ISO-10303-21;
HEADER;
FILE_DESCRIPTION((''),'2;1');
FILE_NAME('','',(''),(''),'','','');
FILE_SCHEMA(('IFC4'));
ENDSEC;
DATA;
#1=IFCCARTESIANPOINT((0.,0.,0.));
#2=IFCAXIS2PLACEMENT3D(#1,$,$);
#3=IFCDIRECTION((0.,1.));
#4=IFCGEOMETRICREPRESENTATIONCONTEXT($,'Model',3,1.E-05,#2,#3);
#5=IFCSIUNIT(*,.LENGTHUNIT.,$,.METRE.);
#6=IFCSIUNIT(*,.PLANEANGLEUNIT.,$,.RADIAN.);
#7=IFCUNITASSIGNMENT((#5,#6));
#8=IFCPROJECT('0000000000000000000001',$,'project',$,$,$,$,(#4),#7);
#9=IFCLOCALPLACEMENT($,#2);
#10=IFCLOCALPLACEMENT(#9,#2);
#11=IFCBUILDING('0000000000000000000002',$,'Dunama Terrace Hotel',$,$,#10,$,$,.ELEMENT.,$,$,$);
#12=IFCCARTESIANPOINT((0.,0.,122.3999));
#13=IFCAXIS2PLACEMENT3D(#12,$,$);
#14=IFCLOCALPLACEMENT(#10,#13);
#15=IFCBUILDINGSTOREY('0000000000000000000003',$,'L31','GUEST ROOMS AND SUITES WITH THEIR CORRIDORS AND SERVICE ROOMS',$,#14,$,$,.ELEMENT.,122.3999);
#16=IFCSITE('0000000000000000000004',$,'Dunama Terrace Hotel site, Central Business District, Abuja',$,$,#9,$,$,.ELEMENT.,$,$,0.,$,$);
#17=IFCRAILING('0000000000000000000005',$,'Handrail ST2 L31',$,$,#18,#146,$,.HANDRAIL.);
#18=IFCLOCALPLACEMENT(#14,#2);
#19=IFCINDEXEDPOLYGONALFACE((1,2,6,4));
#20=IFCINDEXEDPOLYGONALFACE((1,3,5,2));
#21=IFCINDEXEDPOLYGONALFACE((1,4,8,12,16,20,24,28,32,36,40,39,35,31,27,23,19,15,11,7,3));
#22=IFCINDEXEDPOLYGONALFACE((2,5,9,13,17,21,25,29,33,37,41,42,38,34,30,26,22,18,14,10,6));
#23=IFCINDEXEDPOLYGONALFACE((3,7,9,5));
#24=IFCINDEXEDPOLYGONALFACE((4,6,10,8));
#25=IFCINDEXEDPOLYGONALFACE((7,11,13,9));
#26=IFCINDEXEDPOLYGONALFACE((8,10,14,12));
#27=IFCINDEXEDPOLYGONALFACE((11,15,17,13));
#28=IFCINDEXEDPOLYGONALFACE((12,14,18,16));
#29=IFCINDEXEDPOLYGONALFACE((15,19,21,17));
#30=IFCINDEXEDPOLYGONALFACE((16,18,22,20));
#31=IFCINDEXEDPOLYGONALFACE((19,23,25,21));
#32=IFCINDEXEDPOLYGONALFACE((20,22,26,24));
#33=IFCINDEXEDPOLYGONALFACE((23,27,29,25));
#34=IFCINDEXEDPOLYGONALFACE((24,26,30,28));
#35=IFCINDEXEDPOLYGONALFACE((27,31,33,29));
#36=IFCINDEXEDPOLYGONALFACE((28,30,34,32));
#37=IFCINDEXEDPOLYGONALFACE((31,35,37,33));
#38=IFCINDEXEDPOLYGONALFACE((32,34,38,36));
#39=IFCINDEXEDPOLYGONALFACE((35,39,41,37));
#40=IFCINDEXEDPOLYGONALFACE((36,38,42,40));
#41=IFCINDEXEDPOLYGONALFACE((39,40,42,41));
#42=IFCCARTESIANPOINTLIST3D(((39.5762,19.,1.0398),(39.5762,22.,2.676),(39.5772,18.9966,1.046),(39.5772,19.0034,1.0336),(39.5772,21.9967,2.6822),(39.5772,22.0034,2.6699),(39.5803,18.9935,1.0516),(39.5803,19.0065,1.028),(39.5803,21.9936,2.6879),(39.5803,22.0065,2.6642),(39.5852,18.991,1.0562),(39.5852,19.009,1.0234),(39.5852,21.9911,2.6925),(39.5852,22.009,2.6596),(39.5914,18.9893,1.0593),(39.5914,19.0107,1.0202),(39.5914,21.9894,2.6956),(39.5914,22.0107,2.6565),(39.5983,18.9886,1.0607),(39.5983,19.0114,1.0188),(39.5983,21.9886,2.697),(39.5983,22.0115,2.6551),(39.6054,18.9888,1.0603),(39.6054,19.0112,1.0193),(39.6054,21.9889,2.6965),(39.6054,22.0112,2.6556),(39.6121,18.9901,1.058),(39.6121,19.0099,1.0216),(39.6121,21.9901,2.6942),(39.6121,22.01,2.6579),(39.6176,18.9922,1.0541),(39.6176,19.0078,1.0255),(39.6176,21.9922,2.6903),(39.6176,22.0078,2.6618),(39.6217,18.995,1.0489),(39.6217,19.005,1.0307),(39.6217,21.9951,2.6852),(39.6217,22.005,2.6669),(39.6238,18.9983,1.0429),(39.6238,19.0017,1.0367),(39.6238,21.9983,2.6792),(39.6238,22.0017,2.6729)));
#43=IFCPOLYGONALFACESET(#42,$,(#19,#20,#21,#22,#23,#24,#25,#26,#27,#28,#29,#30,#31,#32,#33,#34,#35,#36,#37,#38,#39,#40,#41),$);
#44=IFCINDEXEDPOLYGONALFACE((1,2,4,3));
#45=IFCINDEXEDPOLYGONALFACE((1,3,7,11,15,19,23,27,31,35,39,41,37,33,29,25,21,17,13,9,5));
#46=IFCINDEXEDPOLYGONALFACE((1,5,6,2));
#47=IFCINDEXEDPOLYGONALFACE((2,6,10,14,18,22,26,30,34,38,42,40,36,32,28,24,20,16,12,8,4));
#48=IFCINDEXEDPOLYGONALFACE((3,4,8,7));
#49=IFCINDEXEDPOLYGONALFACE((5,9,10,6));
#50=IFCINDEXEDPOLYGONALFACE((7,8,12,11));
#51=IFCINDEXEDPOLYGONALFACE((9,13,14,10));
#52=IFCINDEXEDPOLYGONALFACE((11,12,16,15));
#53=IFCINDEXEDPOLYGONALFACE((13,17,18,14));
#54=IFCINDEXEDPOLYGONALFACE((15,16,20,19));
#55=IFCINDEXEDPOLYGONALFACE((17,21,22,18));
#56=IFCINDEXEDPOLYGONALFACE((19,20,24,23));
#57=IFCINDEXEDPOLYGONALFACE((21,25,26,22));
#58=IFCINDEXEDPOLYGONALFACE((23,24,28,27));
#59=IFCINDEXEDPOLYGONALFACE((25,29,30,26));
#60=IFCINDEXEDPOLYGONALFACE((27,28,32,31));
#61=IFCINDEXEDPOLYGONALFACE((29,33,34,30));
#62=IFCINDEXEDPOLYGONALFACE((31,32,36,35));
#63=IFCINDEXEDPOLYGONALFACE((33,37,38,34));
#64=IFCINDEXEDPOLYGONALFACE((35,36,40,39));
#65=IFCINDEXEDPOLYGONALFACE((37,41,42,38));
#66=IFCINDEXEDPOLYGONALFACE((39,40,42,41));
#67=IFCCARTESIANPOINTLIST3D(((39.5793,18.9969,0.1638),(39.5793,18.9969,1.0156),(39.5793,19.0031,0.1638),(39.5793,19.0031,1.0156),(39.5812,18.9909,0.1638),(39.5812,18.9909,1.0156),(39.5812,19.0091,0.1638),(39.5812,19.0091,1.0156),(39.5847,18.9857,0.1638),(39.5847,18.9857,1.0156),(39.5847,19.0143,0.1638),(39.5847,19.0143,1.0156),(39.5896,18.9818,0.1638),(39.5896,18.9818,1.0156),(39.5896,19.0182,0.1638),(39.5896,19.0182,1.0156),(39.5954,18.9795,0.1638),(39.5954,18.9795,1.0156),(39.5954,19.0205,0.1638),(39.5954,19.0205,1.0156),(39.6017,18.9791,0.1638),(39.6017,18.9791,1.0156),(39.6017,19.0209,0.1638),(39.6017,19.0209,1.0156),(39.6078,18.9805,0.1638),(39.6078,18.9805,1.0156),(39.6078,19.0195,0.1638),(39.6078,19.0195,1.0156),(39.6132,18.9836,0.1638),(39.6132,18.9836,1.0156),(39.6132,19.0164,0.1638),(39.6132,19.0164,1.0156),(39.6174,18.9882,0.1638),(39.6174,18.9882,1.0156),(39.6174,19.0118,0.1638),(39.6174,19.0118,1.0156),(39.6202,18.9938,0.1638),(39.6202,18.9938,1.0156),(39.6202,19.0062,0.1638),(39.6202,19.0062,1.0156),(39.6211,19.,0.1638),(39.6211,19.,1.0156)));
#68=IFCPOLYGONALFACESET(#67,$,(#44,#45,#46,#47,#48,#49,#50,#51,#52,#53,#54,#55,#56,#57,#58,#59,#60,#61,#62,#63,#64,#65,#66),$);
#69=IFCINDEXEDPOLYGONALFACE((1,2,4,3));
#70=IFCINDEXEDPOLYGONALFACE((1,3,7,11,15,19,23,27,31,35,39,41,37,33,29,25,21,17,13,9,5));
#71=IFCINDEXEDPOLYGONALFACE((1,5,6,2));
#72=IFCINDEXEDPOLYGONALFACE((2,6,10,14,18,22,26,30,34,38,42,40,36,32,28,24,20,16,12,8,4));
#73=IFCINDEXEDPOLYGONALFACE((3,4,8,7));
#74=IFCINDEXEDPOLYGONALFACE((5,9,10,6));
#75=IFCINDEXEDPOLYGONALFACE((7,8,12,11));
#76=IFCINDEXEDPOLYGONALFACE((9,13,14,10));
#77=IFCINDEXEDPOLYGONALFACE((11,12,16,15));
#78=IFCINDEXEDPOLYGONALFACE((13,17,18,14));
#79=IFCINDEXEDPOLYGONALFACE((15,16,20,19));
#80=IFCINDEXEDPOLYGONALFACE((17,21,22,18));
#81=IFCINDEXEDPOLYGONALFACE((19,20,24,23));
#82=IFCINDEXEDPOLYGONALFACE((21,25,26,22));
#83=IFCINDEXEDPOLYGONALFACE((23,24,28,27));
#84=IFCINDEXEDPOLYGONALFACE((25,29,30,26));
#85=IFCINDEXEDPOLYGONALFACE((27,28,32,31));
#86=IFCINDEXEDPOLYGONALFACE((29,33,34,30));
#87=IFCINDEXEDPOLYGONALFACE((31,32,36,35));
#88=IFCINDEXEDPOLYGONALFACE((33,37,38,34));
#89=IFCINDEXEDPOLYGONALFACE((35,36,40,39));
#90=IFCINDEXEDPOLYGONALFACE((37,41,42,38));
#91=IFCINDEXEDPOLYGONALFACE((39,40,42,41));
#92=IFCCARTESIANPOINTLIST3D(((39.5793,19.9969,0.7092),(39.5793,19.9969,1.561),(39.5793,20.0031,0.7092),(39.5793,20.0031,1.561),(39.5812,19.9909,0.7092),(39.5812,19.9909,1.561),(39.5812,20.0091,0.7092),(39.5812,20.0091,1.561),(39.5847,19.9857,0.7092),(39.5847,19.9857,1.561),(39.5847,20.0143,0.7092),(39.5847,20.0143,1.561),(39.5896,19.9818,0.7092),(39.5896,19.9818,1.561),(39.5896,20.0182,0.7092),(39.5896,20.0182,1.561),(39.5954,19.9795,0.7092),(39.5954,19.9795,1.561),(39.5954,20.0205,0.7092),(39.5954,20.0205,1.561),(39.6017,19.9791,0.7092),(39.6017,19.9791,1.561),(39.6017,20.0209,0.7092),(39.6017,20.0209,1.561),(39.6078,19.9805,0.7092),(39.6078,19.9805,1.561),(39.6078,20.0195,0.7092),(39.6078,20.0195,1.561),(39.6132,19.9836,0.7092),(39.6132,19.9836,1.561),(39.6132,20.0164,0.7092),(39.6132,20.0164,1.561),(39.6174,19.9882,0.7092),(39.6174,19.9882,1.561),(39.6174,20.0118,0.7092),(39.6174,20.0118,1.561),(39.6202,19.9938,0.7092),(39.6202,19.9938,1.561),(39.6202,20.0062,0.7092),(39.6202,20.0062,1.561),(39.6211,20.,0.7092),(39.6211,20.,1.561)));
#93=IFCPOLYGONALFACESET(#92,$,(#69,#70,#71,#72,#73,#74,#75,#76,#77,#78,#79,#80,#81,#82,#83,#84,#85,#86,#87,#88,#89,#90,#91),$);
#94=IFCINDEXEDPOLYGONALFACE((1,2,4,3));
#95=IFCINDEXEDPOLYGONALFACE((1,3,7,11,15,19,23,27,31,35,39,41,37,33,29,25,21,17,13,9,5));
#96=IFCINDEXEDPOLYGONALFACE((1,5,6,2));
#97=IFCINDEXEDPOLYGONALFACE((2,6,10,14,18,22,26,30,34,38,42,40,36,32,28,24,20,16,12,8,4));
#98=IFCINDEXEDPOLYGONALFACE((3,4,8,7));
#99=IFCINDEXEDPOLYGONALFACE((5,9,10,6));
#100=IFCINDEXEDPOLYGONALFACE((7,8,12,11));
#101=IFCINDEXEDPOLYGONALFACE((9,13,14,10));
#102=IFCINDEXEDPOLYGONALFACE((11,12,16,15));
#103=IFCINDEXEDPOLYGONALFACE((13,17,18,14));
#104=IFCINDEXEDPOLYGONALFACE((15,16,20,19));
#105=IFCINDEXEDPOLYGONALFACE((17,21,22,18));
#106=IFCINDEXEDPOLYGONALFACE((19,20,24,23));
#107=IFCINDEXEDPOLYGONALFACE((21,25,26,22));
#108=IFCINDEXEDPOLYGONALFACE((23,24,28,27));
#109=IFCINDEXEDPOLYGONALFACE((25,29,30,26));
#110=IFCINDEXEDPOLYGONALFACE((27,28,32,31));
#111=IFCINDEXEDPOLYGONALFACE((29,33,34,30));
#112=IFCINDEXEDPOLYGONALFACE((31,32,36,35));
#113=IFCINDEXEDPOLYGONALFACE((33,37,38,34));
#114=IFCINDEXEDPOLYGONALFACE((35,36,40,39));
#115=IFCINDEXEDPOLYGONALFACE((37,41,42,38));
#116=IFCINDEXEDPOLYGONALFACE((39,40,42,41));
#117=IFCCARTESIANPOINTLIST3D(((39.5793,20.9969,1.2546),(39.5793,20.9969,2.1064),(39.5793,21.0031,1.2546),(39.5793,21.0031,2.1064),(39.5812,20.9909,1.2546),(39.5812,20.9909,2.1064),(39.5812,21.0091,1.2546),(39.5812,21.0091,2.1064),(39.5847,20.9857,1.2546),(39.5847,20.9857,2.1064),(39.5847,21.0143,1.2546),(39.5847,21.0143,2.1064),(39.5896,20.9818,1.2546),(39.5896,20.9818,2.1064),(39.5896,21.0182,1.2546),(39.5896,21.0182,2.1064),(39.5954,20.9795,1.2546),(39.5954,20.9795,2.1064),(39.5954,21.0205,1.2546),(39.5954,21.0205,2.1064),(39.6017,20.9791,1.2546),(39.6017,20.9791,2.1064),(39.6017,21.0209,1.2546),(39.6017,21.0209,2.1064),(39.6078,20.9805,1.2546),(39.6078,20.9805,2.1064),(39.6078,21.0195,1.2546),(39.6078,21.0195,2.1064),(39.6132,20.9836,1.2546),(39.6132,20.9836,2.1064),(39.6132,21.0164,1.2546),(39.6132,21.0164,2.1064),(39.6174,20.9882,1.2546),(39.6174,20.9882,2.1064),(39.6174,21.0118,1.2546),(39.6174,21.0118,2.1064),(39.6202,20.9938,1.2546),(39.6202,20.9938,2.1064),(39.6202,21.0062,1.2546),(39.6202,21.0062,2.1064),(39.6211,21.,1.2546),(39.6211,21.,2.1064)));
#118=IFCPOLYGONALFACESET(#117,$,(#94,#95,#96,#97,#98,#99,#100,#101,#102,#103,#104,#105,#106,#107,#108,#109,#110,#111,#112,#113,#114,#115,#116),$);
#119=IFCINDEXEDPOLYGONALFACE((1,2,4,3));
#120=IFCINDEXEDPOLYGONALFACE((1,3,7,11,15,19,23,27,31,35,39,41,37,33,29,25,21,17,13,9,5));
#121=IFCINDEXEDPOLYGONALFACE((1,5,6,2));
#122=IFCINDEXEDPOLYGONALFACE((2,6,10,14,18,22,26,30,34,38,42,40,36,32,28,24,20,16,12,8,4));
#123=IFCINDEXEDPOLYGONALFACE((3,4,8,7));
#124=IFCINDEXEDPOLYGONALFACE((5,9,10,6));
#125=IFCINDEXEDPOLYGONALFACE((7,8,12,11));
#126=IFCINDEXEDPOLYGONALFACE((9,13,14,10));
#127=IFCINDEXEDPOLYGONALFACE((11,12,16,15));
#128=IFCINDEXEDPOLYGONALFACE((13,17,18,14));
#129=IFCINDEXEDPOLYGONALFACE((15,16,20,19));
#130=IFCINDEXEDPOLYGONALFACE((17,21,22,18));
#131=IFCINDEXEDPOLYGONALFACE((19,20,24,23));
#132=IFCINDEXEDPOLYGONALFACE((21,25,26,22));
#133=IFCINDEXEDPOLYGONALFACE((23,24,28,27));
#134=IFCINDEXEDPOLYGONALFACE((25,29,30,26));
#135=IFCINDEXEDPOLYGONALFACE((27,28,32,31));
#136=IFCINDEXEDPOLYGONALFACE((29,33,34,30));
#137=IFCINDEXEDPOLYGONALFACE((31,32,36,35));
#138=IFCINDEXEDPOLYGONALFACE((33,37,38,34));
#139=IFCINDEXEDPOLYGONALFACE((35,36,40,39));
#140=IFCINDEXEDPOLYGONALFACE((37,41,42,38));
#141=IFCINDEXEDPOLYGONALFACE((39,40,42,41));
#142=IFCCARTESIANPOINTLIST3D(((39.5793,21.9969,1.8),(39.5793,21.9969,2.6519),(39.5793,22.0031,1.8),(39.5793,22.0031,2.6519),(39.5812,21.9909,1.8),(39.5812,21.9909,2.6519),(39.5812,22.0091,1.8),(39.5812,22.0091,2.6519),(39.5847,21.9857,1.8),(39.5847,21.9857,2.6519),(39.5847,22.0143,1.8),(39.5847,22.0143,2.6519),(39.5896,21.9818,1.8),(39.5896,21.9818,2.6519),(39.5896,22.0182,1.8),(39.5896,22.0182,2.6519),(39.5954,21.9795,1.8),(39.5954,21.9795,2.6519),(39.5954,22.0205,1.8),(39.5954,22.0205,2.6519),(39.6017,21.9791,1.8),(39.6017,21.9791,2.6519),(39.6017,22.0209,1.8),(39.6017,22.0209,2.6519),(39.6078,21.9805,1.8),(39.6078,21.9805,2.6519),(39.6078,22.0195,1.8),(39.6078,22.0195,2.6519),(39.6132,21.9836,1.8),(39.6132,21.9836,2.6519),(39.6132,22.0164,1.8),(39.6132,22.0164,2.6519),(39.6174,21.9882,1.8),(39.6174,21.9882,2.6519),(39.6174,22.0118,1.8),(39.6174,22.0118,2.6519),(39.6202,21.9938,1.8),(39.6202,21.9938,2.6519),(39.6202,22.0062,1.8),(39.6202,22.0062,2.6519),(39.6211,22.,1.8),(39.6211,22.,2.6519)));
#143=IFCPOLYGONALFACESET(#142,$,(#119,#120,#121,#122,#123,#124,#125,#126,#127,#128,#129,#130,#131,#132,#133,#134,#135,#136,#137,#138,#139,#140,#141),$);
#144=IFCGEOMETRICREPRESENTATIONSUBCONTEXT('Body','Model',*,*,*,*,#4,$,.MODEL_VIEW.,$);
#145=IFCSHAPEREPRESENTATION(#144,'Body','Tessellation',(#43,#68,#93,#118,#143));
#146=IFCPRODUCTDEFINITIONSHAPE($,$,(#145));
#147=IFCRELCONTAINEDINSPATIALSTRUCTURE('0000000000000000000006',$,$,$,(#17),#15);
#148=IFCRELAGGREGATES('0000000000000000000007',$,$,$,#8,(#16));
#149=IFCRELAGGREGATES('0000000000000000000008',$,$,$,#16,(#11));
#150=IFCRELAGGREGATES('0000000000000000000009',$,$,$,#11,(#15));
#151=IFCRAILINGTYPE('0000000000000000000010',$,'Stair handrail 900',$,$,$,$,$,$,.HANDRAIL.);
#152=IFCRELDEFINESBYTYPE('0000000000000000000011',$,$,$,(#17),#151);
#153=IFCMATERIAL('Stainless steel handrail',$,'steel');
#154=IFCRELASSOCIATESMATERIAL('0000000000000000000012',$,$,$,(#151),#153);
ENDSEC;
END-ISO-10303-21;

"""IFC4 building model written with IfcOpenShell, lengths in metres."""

from ifc_helpers import new_model, si_unit, direction, frame, origin, origin_2d, place, context, subcontext, project, spatial, circle, extrude, material, type_object, element, save


model = new_model("IFC4")

# Units and contexts
model_context = context("Model", 3, precision=1e-05, world=origin(), true_north=direction((0.0, 1.0)))
body_context = subcontext(model_context, "Body", "Model", "MODEL_VIEW")
ifc_project = project(units=[si_unit("LENGTHUNIT", "METRE"), si_unit("PLANEANGLEUNIT", "RADIAN")], contexts=[model_context])

# Site, building, storey
site_placement = place(None, origin())
site = spatial("IfcSite", under=ifc_project, at=site_placement, Name="Dunama Terrace Hotel site, Central Business District, Abuja", CompositionType="ELEMENT", RefElevation=0.0)
building_placement = place(site_placement, origin())
building = spatial("IfcBuilding", under=site, at=building_placement, Name="Dunama Terrace Hotel", CompositionType="ELEMENT")
storey_placement = place(building_placement, frame((0.0, 0.0, 122.3999)))
storey = spatial("IfcBuildingStorey", under=building, at=storey_placement, Name="L31", Description="GUEST ROOMS AND SUITES WITH THEIR CORRIDORS AND SERVICE ROOMS", CompositionType="ELEMENT", Elevation=122.3999)

# Railing
ifc_material_1 = material(Name="Stainless steel handrail", Category="steel")
railing_type = type_object("IfcRailingType", Name="Stair handrail 900", PredefinedType="HANDRAIL", material=ifc_material_1)
railing_1_placement = place(storey_placement, frame((39.6001, 19.0, 0.1638)))
element("IfcRailing", 1, at=railing_1_placement, inside=storey, type_object=railing_type, Name="Handrail ST2 L31", PredefinedType="HANDRAIL", context=body_context, shape_type="SweptSolid", body=[
    extrude(circle(Radius=0.0239, at=origin_2d()), frame((0.0, 0.0, 0.876), z_axis=(0.0, 0.877912, 0.478822), x_axis=(-1.0, 0.0, 0.0)), (0.0, 0.0, 1.0), 3.4172),
    extrude(circle(Radius=0.021, at=origin_2d()), origin(), (0.0, 0.0, 1.0), 0.8518),
    extrude(circle(Radius=0.021, at=origin_2d()), frame((0.0, 1.0, 0.5454)), (0.0, 0.0, 1.0), 0.8518),
    extrude(circle(Radius=0.021, at=origin_2d()), frame((0.0, 2.0, 1.0908)), (0.0, 0.0, 1.0), 0.8518),
    extrude(circle(Radius=0.021, at=origin_2d()), frame((0.0, 3.0, 1.6362)), (0.0, 0.0, 1.0), 0.8518),
])

save(model, "model.ifc")
